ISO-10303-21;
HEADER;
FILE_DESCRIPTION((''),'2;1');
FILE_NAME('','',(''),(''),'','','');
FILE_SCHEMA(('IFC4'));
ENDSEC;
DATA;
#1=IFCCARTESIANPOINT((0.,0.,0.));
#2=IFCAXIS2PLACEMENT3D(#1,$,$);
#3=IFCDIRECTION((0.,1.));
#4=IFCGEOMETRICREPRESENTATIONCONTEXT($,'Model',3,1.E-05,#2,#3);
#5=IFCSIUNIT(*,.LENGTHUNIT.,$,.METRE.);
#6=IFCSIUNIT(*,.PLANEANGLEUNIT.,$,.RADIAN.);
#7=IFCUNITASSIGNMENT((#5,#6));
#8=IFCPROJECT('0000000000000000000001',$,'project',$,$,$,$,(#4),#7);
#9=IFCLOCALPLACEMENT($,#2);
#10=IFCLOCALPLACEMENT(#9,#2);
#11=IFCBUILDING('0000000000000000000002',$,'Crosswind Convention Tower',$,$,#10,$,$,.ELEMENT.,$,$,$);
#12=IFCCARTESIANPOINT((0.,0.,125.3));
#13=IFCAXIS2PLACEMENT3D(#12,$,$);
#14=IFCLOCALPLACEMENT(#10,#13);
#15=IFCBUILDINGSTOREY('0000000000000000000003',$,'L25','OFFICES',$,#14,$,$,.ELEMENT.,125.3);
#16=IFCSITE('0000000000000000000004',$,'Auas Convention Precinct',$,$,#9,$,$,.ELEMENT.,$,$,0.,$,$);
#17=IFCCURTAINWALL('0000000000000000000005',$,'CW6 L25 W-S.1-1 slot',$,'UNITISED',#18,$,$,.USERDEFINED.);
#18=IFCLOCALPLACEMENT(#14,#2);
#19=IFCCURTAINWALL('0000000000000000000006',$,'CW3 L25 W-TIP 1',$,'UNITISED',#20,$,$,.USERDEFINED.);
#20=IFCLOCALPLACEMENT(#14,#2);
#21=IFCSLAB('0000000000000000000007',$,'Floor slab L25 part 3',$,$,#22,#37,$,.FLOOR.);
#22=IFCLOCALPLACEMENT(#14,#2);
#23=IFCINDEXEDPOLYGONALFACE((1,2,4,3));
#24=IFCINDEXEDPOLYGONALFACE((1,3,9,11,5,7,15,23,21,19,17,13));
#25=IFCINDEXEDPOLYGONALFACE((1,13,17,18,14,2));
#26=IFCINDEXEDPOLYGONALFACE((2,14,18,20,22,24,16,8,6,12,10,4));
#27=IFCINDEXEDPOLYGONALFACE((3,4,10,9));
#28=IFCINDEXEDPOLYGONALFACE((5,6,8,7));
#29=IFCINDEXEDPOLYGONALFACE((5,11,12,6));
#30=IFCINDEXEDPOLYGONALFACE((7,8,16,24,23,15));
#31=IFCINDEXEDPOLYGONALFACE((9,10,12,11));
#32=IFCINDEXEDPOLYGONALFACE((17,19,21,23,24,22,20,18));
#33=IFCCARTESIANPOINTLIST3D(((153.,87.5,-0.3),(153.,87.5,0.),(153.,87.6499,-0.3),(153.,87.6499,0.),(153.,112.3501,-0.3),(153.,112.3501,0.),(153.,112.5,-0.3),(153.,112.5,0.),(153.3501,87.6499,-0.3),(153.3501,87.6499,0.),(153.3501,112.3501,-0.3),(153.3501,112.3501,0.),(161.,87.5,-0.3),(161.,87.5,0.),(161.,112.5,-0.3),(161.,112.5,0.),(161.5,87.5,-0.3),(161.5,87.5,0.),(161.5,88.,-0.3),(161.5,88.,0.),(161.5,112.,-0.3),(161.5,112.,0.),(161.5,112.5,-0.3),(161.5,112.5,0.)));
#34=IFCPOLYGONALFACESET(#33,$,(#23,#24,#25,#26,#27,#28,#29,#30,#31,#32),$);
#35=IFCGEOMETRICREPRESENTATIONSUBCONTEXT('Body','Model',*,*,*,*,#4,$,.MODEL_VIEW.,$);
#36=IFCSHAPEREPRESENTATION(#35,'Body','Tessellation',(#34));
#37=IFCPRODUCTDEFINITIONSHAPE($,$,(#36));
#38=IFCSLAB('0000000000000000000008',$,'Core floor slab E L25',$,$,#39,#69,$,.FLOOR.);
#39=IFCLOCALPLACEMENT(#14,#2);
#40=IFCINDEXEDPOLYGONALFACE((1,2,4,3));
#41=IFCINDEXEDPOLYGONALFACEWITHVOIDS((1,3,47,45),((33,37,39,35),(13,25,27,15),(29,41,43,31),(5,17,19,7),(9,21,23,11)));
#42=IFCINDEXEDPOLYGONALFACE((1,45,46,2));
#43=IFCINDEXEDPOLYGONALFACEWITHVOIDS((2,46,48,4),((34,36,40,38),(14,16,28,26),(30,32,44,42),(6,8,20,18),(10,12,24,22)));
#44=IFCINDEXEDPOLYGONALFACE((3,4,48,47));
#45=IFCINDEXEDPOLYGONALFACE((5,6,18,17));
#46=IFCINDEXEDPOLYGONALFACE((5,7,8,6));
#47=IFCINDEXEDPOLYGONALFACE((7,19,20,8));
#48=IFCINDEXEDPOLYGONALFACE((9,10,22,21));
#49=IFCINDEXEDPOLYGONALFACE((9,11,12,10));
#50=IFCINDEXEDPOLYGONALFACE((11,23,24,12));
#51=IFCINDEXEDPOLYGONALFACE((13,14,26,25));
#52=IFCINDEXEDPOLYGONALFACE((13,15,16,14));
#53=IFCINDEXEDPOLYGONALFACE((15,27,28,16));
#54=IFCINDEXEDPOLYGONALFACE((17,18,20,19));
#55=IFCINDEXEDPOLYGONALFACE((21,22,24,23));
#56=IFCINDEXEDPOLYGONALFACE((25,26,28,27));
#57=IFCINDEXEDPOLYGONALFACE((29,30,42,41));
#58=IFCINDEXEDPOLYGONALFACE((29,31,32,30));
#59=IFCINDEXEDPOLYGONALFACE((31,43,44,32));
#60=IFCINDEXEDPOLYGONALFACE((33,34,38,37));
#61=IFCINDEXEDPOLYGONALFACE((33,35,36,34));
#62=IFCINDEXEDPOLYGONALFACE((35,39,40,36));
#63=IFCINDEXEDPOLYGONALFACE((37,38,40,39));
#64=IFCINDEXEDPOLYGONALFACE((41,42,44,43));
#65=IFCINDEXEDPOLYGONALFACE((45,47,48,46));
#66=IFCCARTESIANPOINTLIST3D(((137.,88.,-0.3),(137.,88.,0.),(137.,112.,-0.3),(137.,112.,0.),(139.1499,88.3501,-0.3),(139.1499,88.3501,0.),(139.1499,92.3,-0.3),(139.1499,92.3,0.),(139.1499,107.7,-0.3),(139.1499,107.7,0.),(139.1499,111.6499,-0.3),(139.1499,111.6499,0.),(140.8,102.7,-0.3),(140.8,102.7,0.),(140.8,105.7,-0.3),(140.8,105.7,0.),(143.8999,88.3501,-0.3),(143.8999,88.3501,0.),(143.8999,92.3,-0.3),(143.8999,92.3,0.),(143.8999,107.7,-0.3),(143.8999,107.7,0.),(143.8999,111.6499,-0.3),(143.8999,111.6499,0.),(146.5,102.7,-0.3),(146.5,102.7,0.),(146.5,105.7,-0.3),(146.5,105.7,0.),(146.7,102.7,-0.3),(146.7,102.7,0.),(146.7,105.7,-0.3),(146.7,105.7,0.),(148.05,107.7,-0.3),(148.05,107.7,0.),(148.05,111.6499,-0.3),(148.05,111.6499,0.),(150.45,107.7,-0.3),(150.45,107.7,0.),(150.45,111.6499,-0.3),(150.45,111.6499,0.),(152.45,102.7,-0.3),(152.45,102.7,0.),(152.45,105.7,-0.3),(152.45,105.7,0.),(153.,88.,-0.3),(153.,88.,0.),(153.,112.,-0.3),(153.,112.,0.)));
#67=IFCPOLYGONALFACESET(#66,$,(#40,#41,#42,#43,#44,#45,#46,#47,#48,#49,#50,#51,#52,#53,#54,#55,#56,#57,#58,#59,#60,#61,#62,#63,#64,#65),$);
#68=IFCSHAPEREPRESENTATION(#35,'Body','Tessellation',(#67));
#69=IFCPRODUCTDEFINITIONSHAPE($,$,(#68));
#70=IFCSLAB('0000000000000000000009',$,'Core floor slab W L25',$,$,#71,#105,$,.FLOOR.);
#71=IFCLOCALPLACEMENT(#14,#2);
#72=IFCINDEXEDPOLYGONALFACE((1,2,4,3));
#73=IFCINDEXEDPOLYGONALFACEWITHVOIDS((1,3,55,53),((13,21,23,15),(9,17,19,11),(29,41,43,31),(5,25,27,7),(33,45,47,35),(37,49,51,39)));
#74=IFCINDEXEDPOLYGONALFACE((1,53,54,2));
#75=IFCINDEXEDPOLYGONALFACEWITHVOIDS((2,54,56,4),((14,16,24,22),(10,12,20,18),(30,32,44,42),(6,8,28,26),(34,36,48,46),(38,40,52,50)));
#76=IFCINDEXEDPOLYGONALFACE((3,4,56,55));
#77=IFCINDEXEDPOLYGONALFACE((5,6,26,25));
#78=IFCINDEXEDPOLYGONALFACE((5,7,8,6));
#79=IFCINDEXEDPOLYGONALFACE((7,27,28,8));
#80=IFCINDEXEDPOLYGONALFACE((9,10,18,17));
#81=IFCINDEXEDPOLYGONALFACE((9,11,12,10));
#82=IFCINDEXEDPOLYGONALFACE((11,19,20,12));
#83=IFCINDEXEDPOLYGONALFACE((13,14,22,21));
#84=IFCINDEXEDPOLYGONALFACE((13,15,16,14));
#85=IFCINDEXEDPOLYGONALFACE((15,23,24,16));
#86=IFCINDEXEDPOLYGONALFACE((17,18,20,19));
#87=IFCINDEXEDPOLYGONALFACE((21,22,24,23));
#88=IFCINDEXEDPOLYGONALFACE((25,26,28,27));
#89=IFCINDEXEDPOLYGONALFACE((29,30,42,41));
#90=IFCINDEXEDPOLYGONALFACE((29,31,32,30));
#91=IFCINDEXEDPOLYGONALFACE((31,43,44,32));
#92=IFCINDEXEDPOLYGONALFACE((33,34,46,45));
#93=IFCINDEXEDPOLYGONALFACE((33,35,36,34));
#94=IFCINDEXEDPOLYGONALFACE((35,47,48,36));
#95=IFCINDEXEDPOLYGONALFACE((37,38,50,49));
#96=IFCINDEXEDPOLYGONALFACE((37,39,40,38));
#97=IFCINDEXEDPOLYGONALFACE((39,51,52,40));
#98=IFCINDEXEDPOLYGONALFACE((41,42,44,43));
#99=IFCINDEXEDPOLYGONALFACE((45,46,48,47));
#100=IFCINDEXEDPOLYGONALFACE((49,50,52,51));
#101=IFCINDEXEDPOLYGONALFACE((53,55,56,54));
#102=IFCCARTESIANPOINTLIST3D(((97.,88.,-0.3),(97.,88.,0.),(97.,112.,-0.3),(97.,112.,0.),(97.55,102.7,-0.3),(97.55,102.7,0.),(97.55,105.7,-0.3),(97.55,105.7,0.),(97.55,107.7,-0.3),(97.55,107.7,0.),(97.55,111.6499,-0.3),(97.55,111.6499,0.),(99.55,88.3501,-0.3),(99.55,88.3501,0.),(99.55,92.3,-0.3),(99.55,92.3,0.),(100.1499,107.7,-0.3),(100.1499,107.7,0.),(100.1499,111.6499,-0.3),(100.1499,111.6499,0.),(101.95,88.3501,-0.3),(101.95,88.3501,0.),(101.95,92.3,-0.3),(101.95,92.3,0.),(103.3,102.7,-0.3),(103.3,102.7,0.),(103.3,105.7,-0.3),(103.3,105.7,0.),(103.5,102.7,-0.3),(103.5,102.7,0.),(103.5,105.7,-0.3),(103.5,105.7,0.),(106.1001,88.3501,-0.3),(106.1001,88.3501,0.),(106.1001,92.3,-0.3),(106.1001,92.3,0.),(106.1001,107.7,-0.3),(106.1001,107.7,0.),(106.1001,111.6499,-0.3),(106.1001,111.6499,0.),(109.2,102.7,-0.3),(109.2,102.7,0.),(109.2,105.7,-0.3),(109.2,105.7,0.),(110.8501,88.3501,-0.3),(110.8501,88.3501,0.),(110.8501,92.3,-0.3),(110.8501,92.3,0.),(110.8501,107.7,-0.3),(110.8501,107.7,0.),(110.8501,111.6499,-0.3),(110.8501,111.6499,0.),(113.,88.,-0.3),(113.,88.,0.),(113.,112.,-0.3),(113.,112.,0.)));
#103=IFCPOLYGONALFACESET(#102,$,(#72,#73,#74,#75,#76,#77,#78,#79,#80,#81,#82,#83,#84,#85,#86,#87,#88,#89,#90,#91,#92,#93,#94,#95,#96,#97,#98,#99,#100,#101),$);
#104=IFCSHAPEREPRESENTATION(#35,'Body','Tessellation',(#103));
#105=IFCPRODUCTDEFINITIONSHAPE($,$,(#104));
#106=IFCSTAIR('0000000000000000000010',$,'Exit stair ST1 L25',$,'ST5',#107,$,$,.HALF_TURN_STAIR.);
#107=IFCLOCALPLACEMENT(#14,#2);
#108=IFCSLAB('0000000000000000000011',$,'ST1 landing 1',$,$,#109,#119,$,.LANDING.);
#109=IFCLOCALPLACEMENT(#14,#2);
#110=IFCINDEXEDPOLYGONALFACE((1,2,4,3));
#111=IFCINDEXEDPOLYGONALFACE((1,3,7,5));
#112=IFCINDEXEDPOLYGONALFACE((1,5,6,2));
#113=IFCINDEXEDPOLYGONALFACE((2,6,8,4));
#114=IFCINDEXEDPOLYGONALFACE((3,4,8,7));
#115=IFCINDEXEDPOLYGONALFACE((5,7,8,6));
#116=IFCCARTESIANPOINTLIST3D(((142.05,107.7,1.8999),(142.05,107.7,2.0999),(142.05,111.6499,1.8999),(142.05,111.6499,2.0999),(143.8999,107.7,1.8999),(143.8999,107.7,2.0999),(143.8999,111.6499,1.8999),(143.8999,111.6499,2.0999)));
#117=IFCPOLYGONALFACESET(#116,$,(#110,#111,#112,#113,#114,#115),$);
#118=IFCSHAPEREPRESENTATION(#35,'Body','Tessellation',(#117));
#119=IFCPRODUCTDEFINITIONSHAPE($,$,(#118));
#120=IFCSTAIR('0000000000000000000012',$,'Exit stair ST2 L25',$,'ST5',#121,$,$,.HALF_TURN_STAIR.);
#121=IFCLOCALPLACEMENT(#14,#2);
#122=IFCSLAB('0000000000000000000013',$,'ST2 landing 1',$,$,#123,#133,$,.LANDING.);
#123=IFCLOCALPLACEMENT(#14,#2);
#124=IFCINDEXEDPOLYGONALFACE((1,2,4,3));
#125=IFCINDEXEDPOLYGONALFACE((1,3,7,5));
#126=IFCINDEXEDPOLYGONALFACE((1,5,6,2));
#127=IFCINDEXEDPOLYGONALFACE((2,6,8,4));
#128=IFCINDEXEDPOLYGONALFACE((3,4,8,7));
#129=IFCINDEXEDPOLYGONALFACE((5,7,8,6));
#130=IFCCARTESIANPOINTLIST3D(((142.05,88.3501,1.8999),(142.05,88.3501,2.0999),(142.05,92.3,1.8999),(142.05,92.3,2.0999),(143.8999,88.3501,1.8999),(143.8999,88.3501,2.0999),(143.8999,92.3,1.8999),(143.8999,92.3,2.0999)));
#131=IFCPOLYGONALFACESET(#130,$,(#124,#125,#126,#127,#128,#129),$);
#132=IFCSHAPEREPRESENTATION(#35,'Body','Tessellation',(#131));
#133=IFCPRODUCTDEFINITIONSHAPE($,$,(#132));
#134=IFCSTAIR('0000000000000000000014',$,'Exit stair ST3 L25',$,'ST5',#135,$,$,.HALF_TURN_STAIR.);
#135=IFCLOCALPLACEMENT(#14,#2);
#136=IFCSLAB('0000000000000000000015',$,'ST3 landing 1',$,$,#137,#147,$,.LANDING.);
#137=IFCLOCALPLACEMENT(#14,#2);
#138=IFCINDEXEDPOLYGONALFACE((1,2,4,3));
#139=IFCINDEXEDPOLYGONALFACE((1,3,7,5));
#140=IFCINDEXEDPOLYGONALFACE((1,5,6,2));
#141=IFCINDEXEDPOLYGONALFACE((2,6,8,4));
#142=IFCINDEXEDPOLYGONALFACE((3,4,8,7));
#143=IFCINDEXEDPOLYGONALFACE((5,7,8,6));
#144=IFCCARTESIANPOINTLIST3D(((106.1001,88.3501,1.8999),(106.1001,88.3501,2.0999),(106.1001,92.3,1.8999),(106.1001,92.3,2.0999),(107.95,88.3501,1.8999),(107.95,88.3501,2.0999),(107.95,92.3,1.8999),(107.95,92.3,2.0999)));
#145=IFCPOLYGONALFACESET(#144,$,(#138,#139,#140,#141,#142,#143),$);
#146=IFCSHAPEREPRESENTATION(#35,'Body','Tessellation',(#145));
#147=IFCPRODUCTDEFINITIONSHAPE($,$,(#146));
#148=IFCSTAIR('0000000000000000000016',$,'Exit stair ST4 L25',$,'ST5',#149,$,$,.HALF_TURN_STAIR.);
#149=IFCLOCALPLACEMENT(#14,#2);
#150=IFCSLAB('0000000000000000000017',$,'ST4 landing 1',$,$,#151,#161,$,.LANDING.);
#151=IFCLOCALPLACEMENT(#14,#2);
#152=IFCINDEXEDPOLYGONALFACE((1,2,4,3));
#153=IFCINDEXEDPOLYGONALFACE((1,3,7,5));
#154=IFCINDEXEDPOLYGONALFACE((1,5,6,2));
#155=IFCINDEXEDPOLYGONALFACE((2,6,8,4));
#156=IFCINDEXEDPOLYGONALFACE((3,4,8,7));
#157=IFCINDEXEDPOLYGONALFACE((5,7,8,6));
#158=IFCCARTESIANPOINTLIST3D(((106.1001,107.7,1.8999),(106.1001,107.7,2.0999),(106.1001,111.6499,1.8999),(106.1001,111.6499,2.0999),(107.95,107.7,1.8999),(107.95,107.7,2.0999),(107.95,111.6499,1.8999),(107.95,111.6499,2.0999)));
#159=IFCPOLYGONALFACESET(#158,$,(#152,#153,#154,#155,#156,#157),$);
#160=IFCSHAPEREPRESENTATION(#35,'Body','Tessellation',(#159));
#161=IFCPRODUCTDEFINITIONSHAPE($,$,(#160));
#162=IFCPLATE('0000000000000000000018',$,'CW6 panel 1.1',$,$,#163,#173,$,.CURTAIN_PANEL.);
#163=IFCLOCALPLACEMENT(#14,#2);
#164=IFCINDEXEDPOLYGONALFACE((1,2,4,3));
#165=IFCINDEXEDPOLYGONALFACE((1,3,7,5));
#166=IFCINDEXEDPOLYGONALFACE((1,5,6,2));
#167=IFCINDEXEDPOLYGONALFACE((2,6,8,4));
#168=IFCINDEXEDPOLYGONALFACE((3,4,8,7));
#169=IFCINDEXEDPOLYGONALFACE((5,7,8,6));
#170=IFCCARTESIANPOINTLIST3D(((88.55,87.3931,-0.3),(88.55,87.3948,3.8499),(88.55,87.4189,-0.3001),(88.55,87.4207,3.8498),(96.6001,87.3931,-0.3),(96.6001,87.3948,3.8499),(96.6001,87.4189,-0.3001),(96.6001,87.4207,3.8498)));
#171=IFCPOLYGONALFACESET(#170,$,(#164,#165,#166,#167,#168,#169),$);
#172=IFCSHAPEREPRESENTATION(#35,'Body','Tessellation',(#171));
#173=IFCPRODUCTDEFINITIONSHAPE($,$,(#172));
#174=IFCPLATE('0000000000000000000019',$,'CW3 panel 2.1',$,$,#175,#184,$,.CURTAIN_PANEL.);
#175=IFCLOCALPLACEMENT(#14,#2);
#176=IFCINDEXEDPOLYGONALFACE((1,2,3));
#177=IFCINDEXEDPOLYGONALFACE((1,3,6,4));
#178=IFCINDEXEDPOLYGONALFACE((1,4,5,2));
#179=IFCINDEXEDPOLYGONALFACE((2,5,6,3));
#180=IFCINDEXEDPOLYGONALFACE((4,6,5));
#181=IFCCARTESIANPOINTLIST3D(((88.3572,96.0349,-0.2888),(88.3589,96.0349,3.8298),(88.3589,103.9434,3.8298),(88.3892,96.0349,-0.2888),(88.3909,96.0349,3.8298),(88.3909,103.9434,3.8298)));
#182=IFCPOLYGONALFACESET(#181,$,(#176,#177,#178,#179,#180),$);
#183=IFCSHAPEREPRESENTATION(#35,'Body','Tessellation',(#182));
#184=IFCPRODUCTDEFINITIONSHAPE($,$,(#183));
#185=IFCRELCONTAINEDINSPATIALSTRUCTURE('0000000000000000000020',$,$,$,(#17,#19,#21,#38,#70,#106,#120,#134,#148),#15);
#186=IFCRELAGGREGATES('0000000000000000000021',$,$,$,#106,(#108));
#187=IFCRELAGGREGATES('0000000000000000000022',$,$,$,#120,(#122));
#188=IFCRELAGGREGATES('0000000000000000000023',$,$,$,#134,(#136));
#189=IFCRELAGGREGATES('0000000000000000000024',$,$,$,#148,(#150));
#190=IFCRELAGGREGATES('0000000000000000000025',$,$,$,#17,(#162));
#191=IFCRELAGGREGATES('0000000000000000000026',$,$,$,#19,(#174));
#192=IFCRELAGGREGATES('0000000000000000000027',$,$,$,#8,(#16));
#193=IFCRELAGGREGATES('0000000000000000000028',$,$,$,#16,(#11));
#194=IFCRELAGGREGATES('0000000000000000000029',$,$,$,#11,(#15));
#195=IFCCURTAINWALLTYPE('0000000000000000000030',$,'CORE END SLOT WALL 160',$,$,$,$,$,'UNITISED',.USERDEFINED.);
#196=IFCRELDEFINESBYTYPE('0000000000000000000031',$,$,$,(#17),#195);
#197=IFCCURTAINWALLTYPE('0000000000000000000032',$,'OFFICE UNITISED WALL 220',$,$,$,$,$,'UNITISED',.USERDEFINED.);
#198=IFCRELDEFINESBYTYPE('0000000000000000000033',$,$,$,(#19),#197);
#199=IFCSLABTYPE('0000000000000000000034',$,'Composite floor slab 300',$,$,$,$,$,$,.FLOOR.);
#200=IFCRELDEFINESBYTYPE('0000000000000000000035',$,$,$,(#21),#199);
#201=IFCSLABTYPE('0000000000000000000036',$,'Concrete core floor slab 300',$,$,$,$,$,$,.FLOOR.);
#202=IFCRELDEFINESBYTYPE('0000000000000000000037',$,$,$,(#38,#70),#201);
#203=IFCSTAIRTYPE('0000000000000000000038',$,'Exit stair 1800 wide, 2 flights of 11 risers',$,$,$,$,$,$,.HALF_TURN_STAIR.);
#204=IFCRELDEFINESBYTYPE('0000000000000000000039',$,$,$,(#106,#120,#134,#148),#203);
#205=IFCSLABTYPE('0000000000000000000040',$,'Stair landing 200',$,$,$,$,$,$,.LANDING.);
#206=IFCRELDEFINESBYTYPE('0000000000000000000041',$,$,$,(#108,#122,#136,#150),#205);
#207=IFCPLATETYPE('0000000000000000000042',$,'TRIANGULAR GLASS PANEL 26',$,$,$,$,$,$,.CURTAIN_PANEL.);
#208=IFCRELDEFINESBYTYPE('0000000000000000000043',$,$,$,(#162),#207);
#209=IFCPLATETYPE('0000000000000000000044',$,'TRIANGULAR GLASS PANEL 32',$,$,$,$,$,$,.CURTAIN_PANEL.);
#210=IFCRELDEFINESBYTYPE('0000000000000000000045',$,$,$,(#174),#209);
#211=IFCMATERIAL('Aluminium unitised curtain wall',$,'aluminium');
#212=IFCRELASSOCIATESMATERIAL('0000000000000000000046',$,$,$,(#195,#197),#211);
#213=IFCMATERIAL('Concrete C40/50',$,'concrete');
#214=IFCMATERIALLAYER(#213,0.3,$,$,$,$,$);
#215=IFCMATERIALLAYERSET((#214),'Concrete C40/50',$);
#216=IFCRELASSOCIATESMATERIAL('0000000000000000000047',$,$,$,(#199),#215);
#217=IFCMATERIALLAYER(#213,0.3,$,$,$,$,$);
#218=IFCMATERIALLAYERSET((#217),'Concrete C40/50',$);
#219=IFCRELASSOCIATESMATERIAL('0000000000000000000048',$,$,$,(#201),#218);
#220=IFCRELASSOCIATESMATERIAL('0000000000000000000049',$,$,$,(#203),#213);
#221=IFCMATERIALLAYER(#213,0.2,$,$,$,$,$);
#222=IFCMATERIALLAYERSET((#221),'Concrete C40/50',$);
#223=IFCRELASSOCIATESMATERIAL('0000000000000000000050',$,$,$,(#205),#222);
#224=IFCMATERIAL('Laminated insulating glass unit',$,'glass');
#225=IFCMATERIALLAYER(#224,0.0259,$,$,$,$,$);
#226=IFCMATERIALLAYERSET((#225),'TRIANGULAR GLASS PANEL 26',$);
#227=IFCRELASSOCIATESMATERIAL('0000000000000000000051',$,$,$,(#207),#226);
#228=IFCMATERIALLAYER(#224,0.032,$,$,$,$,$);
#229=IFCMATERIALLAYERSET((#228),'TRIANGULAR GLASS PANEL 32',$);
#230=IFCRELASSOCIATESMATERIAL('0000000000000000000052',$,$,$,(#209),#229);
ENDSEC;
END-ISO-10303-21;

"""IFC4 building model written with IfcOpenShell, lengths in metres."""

from ifc_helpers import new_model, si_unit, direction, frame, origin, place, context, subcontext, project, spatial, polyline, outline, extrude, material, layer, layer_set, type_object, element, aggregate, save


model = new_model("IFC4")

# Units and contexts
model_context = context("Model", 3, precision=1e-05, world=origin(), true_north=direction((0.0, 1.0)))
body_context = subcontext(model_context, "Body", "Model", "MODEL_VIEW")
ifc_project = project(units=[si_unit("LENGTHUNIT", "METRE"), si_unit("PLANEANGLEUNIT", "RADIAN")], contexts=[model_context])

# Site, building, storey
site_placement = place(None, origin())
site = spatial("IfcSite", under=ifc_project, at=site_placement, Name="Auas Convention Precinct", CompositionType="ELEMENT", RefElevation=0.0)
building_placement = place(site_placement, origin())
building = spatial("IfcBuilding", under=site, at=building_placement, Name="Crosswind Convention Tower", CompositionType="ELEMENT")
storey_placement = place(building_placement, frame((0.0, 0.0, 125.3)))
storey = spatial("IfcBuildingStorey", under=building, at=storey_placement, Name="L25", Description="OFFICES", CompositionType="ELEMENT", Elevation=125.3)

# Curtain wall
ifc_material_1 = material(Name="Aluminium unitised curtain wall", Category="aluminium")
curtain_wall_type_1 = type_object("IfcCurtainWallType", Name="CORE END SLOT WALL 160", ElementType="UNITISED", PredefinedType="USERDEFINED", material=ifc_material_1)
curtain_wall_1_placement = place(storey_placement, origin())
curtain_wall_1 = element("IfcCurtainWall", 1, at=curtain_wall_1_placement, inside=storey, type_object=curtain_wall_type_1, Name="CW6 L25 W-S.1-1 slot", ObjectType="UNITISED", PredefinedType="USERDEFINED")

# Curtain wall
curtain_wall_type_2 = type_object("IfcCurtainWallType", Name="OFFICE UNITISED WALL 220", ElementType="UNITISED", PredefinedType="USERDEFINED", material=ifc_material_1)
curtain_wall_2_placement = place(storey_placement, origin())
curtain_wall_2 = element("IfcCurtainWall", 2, at=curtain_wall_2_placement, inside=storey, type_object=curtain_wall_type_2, Name="CW3 L25 W-TIP 1", ObjectType="UNITISED", PredefinedType="USERDEFINED")

# Slabs
ifc_material_2 = material(Name="Concrete C40/50", Category="concrete")
ifc_layer_1 = layer(ifc_material_2, 0.3)
ifc_layer_set_1 = layer_set([ifc_layer_1], Name="Concrete C40/50")
slab_type_1 = type_object("IfcSlabType", Name="Composite floor slab 300", PredefinedType="FLOOR", material=ifc_layer_set_1)
slab_1_placement = place(storey_placement, frame((0.0, 0.0, -0.3)))
element("IfcSlab", 3, at=slab_1_placement, inside=storey, type_object=slab_type_1, Name="Floor slab L25 part 3", PredefinedType="FLOOR", context=body_context, shape_type="SweptSolid", body=[
    extrude(outline(polyline([(153.0, 112.5), (161.0, 112.5), (161.5, 112.5), (161.5, 112.0), (161.5, 88.0), (161.5, 87.5), (161.0, 87.5), (153.0, 87.5), (153.0, 87.6499), (153.3501, 87.6499), (153.3501, 112.3501), (153.0, 112.3501), (153.0, 112.5)])), origin(), (0.0, 0.0, 1.0), 0.3),
])
ifc_layer_2 = layer(ifc_material_2, 0.3)
ifc_layer_set_2 = layer_set([ifc_layer_2], Name="Concrete C40/50")
slab_type_2 = type_object("IfcSlabType", Name="Concrete core floor slab 300", PredefinedType="FLOOR", material=ifc_layer_set_2)
slab_2_placement = place(storey_placement, frame((0.0, 0.0, -0.3)))
element("IfcSlab", 4, at=slab_2_placement, inside=storey, type_object=slab_type_2, Name="Core floor slab E L25", PredefinedType="FLOOR", context=body_context, shape_type="SweptSolid", body=[
    extrude(outline(polyline([(137.0, 88.0), (153.0, 88.0), (153.0, 112.0), (137.0, 112.0), (137.0, 88.0)]), holes=[polyline([(146.5, 102.7), (146.5, 105.7), (140.8, 105.7), (140.8, 102.7), (146.5, 102.7)]), polyline([(152.45, 102.7), (152.45, 105.7), (146.7, 105.7), (146.7, 102.7), (152.45, 102.7)]), polyline([(150.45, 107.7), (150.45, 111.6499), (148.05, 111.6499), (148.05, 107.7), (150.45, 107.7)]), polyline([(143.8999, 107.7), (143.8999, 111.6499), (139.1499, 111.6499), (139.1499, 107.7), (143.8999, 107.7)]), polyline([(143.8999, 88.3501), (143.8999, 92.3), (139.1499, 92.3), (139.1499, 88.3501), (143.8999, 88.3501)])]), origin(), (0.0, 0.0, 1.0), 0.3),
])
slab_3_placement = place(storey_placement, frame((0.0, 0.0, -0.3)))
element("IfcSlab", 5, at=slab_3_placement, inside=storey, type_object=slab_type_2, Name="Core floor slab W L25", PredefinedType="FLOOR", context=body_context, shape_type="SweptSolid", body=[
    extrude(outline(polyline([(97.0, 88.0), (113.0, 88.0), (113.0, 112.0), (97.0, 112.0), (97.0, 88.0)]), holes=[polyline([(109.2, 102.7), (109.2, 105.7), (103.5, 105.7), (103.5, 102.7), (109.2, 102.7)]), polyline([(103.3, 102.7), (103.3, 105.7), (97.55, 105.7), (97.55, 102.7), (103.3, 102.7)]), polyline([(101.95, 88.3501), (101.95, 92.3), (99.55, 92.3), (99.55, 88.3501), (101.95, 88.3501)]), polyline([(100.1499, 107.7), (100.1499, 111.6499), (97.55, 111.6499), (97.55, 107.7), (100.1499, 107.7)]), polyline([(110.8501, 88.3501), (110.8501, 92.3), (106.1001, 92.3), (106.1001, 88.3501), (110.8501, 88.3501)]), polyline([(110.8501, 107.7), (110.8501, 111.6499), (106.1001, 111.6499), (106.1001, 107.7), (110.8501, 107.7)])]), origin(), (0.0, 0.0, 1.0), 0.3),
])

# Stairs, slabs
stair_type = type_object("IfcStairType", Name="Exit stair 1800 wide, 2 flights of 11 risers", PredefinedType="HALF_TURN_STAIR", material=ifc_material_2)
stair_1_placement = place(storey_placement, origin())
stair_1 = element("IfcStair", 6, at=stair_1_placement, inside=storey, type_object=stair_type, Name="Exit stair ST1 L25", ObjectType="ST5", PredefinedType="HALF_TURN_STAIR")
ifc_layer_3 = layer(ifc_material_2, 0.2)
ifc_layer_set_3 = layer_set([ifc_layer_3], Name="Concrete C40/50")
slab_type_3 = type_object("IfcSlabType", Name="Stair landing 200", PredefinedType="LANDING", material=ifc_layer_set_3)
slab_4_placement = place(storey_placement, frame((0.0, 0.0, 1.8999)))
slab_4 = element("IfcSlab", 7, at=slab_4_placement, type_object=slab_type_3, Name="ST1 landing 1", PredefinedType="LANDING", context=body_context, shape_type="SweptSolid", body=[
    extrude(outline(polyline([(143.8999, 107.7), (143.8999, 111.6499), (142.05, 111.6499), (142.05, 107.7), (143.8999, 107.7)])), origin(), (0.0, 0.0, 1.0), 0.2),
])
aggregate(stair_1, [slab_4])
stair_2_placement = place(storey_placement, origin())
stair_2 = element("IfcStair", 8, at=stair_2_placement, inside=storey, type_object=stair_type, Name="Exit stair ST2 L25", ObjectType="ST5", PredefinedType="HALF_TURN_STAIR")
slab_5_placement = place(storey_placement, frame((0.0, 0.0, 1.8999)))
slab_5 = element("IfcSlab", 9, at=slab_5_placement, type_object=slab_type_3, Name="ST2 landing 1", PredefinedType="LANDING", context=body_context, shape_type="SweptSolid", body=[
    extrude(outline(polyline([(143.8999, 88.3501), (143.8999, 92.3), (142.05, 92.3), (142.05, 88.3501), (143.8999, 88.3501)])), origin(), (0.0, 0.0, 1.0), 0.2),
])
aggregate(stair_2, [slab_5])
stair_3_placement = place(storey_placement, origin())
stair_3 = element("IfcStair", 10, at=stair_3_placement, inside=storey, type_object=stair_type, Name="Exit stair ST3 L25", ObjectType="ST5", PredefinedType="HALF_TURN_STAIR")
slab_6_placement = place(storey_placement, frame((0.0, 0.0, 1.8999)))
slab_6 = element("IfcSlab", 11, at=slab_6_placement, type_object=slab_type_3, Name="ST3 landing 1", PredefinedType="LANDING", context=body_context, shape_type="SweptSolid", body=[
    extrude(outline(polyline([(107.95, 88.3501), (107.95, 92.3), (106.1001, 92.3), (106.1001, 88.3501), (107.95, 88.3501)])), origin(), (0.0, 0.0, 1.0), 0.2),
])
aggregate(stair_3, [slab_6])
stair_4_placement = place(storey_placement, origin())
stair_4 = element("IfcStair", 12, at=stair_4_placement, inside=storey, type_object=stair_type, Name="Exit stair ST4 L25", ObjectType="ST5", PredefinedType="HALF_TURN_STAIR")
slab_7_placement = place(storey_placement, frame((0.0, 0.0, 1.8999)))
slab_7 = element("IfcSlab", 13, at=slab_7_placement, type_object=slab_type_3, Name="ST4 landing 1", PredefinedType="LANDING", context=body_context, shape_type="SweptSolid", body=[
    extrude(outline(polyline([(107.95, 107.7), (107.95, 111.6499), (106.1001, 111.6499), (106.1001, 107.7), (107.95, 107.7)])), origin(), (0.0, 0.0, 1.0), 0.2),
])
aggregate(stair_4, [slab_7])

# Plates
ifc_material_3 = material(Name="Laminated insulating glass unit", Category="glass")
ifc_layer_4 = layer(ifc_material_3, 0.0259)
ifc_layer_set_4 = layer_set([ifc_layer_4], Name="TRIANGULAR GLASS PANEL 26")
plate_type_1 = type_object("IfcPlateType", Name="TRIANGULAR GLASS PANEL 26", PredefinedType="CURTAIN_PANEL", material=ifc_layer_set_4)
plate_1_placement = place(storey_placement, frame((88.55, 87.3931, -0.3), z_axis=(0.0, -1.0, 0.000412), x_axis=(1.0, 0.0, 0.0)))
plate_1 = element("IfcPlate", 14, at=plate_1_placement, type_object=plate_type_1, Name="CW6 panel 1.1", PredefinedType="CURTAIN_PANEL", context=body_context, shape_type="SweptSolid", body=[
    extrude(outline(polyline([(0.0, 0.0), (8.05, 0.0), (8.05, 4.1499), (0.0, 4.1499), (0.0, 0.0)])), origin(), (0.0, 0.0, -1.0), 0.0259),
])
aggregate(curtain_wall_1, [plate_1])
ifc_layer_5 = layer(ifc_material_3, 0.032)
ifc_layer_set_5 = layer_set([ifc_layer_5], Name="TRIANGULAR GLASS PANEL 32")
plate_type_2 = type_object("IfcPlateType", Name="TRIANGULAR GLASS PANEL 32", PredefinedType="CURTAIN_PANEL", material=ifc_layer_set_5)
plate_2_placement = place(storey_placement, frame((88.3589, 96.0349, 3.8298), z_axis=(-1.0, 0.0, 0.000415), x_axis=(0.0, 1.0, 0.0)))
plate_2 = element("IfcPlate", 15, at=plate_2_placement, type_object=plate_type_2, Name="CW3 panel 2.1", PredefinedType="CURTAIN_PANEL", context=body_context, shape_type="SweptSolid", body=[
    extrude(outline(polyline([(0.0, 0.0), (7.9084, 0.0), (0.0, 4.1187), (0.0, 0.0)])), origin(), (0.0, 0.0, -1.0), 0.032),
])
aggregate(curtain_wall_2, [plate_2])

save(model, "model.ifc")
